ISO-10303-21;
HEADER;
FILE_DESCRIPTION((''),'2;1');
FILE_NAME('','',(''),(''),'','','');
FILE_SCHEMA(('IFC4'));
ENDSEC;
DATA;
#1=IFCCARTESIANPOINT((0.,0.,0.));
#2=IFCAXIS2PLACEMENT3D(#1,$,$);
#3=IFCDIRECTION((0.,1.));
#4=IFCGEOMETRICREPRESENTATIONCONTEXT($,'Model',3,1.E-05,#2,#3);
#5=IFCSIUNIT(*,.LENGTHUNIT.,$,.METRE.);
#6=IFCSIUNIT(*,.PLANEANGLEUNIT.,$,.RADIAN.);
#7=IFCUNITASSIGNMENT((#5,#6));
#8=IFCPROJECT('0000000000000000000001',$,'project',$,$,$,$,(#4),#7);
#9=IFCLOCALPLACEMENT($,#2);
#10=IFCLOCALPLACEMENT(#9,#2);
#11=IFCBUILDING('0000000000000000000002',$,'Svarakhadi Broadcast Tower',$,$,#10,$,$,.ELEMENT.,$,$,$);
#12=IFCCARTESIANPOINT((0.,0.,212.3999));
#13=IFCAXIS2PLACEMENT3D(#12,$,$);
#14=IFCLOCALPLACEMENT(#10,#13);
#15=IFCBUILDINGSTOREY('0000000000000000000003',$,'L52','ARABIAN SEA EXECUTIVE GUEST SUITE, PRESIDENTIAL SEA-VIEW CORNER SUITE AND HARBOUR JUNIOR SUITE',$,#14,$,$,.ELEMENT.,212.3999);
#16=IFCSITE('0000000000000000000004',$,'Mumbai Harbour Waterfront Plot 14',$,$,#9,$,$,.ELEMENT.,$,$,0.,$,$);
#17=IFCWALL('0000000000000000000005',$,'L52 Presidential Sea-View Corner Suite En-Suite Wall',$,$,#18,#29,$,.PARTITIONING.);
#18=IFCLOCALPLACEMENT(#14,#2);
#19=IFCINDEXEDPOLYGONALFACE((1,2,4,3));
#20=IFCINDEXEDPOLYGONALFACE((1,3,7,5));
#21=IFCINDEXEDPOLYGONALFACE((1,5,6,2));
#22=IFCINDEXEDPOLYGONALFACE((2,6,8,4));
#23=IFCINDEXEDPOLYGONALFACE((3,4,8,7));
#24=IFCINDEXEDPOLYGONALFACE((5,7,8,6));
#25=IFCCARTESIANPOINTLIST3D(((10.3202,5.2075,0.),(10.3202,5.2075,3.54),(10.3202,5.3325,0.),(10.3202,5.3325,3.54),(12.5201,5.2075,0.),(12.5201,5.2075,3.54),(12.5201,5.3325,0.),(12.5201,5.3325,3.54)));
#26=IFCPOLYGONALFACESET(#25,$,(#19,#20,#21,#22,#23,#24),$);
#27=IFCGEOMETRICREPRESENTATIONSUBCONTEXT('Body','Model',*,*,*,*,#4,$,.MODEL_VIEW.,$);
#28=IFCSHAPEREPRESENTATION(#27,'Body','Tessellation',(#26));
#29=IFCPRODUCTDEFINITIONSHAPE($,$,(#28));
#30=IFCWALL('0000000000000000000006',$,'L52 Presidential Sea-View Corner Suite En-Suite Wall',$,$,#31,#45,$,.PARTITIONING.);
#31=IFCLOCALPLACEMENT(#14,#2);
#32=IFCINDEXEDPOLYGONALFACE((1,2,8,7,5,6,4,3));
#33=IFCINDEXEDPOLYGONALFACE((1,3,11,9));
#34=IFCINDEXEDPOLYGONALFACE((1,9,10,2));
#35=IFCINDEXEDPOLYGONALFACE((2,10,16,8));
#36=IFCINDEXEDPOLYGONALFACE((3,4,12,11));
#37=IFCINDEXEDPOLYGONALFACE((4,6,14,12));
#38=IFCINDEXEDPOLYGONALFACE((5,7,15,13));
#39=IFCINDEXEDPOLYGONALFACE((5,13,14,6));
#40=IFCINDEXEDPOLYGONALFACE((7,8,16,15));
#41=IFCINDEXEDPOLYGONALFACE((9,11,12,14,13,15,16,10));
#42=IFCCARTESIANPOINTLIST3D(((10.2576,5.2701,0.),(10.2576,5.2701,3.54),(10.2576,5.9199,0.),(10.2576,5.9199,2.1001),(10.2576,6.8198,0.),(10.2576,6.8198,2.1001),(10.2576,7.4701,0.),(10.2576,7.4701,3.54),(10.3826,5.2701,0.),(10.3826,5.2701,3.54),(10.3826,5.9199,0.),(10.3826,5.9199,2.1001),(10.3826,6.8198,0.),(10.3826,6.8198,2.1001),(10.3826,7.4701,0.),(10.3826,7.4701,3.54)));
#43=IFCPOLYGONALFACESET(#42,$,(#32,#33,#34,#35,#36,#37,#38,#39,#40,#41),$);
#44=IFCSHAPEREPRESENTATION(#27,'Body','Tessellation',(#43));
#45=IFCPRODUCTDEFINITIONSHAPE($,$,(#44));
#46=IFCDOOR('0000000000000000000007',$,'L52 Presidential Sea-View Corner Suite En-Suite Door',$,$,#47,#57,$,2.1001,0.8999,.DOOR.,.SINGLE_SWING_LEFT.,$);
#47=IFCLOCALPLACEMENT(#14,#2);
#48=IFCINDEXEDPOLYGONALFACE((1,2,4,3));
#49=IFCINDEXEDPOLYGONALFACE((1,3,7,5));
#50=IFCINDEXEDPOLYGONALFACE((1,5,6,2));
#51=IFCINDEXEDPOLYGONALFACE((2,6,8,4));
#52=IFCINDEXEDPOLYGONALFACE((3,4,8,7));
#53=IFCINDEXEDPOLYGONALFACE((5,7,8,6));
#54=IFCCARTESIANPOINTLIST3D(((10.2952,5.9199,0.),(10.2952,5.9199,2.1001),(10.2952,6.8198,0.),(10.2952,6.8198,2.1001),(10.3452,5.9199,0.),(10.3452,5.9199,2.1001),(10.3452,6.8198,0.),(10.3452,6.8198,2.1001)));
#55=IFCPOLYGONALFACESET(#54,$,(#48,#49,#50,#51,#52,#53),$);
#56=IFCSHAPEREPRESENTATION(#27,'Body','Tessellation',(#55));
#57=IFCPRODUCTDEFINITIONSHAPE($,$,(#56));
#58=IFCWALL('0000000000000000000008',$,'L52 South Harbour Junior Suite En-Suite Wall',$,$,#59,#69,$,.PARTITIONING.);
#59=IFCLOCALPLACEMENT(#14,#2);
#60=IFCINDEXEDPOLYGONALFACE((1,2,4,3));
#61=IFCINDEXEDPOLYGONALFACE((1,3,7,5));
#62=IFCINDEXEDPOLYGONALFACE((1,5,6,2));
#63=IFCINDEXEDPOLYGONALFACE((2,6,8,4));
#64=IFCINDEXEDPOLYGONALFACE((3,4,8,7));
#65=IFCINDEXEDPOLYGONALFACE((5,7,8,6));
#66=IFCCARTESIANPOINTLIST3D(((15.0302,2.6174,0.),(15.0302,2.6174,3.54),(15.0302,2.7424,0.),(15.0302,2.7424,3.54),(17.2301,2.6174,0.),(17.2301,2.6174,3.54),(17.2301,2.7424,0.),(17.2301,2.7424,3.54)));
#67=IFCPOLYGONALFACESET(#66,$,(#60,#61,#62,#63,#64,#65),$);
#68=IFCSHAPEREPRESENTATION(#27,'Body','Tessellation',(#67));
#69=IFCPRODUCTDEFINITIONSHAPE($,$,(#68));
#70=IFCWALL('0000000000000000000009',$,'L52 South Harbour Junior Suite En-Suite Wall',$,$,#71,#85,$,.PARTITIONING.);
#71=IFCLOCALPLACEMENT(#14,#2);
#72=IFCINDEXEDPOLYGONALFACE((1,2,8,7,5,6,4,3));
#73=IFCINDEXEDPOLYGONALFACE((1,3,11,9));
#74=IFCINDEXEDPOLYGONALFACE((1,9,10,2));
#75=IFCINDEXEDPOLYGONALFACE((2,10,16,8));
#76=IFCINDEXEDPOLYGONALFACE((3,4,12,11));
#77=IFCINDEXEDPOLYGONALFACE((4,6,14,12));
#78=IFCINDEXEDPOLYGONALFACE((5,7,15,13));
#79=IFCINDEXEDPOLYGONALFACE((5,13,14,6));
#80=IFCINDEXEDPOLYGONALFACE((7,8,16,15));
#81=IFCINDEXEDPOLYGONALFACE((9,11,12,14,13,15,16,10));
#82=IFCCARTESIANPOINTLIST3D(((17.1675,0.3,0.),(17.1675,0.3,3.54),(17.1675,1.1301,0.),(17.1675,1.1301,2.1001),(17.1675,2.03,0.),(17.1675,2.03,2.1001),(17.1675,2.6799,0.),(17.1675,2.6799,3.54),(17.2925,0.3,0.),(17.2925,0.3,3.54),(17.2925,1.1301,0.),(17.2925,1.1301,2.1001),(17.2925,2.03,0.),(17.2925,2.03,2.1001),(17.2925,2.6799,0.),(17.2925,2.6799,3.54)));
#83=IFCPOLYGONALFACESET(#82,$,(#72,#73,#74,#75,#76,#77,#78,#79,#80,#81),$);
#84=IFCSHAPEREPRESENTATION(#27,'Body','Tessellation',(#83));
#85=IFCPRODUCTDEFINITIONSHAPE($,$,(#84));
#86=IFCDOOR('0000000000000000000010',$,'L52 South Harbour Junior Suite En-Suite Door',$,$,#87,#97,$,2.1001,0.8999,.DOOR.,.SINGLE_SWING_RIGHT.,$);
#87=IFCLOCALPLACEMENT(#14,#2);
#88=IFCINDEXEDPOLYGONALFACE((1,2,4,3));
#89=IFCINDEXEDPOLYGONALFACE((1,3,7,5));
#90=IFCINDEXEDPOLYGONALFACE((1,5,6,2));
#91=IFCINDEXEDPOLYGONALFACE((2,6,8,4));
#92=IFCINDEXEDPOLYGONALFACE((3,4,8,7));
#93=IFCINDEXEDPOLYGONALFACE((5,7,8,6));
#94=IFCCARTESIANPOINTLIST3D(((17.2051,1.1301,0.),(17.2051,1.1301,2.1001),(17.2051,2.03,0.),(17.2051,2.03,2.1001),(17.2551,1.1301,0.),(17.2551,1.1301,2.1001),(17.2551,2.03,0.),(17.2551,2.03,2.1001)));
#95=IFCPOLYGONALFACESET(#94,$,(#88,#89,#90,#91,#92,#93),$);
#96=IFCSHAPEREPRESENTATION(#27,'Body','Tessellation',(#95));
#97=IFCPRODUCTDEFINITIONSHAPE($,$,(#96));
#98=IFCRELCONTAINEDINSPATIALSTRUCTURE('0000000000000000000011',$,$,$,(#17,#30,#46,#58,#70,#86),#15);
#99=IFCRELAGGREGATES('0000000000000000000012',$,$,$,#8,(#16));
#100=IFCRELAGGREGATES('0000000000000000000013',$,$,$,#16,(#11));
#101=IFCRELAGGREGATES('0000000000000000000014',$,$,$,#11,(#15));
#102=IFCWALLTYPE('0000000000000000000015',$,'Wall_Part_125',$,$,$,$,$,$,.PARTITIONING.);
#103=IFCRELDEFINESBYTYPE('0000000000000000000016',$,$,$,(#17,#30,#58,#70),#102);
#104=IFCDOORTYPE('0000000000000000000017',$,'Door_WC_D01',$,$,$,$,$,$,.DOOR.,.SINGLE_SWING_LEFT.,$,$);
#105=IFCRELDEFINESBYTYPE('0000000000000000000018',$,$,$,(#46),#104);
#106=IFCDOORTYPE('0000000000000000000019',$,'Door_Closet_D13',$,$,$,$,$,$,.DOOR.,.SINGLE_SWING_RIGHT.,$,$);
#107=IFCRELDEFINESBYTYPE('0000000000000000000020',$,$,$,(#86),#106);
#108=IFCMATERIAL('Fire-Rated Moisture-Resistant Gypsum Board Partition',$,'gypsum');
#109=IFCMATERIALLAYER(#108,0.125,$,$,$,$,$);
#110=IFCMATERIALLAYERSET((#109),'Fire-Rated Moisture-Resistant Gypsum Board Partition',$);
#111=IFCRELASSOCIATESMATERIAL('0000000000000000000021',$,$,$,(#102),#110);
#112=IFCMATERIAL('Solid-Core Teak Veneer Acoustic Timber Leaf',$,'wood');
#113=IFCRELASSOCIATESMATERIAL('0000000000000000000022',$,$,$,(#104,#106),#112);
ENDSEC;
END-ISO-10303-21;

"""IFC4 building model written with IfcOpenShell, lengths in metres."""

from ifc_helpers import new_model, si_unit, direction, frame, frame_2d, origin, place, context, subcontext, project, spatial, rectangle, extrude, material, layer, layer_set, type_object, element, fill, save


model = new_model("IFC4")

# Units and contexts
model_context = context("Model", 3, precision=1e-05, world=origin(), true_north=direction((0.0, 1.0)))
body_context = subcontext(model_context, "Body", "Model", "MODEL_VIEW")
ifc_project = project(units=[si_unit("LENGTHUNIT", "METRE"), si_unit("PLANEANGLEUNIT", "RADIAN")], contexts=[model_context])

# Site, building, storey
site_placement = place(None, origin())
site = spatial("IfcSite", under=ifc_project, at=site_placement, Name="Mumbai Harbour Waterfront Plot 14", CompositionType="ELEMENT", RefElevation=0.0)
building_placement = place(site_placement, origin())
building = spatial("IfcBuilding", under=site, at=building_placement, Name="Svarakhadi Broadcast Tower", CompositionType="ELEMENT")
storey_placement = place(building_placement, frame((0.0, 0.0, 212.3999)))
storey = spatial("IfcBuildingStorey", under=building, at=storey_placement, Name="L52", Description="ARABIAN SEA EXECUTIVE GUEST SUITE, PRESIDENTIAL SEA-VIEW CORNER SUITE AND HARBOUR JUNIOR SUITE", CompositionType="ELEMENT", Elevation=212.3999)

# Shared definitions
ifc_material_1 = material(Name="Solid-Core Teak Veneer Acoustic Timber Leaf", Category="wood")

# Wall
ifc_material_2 = material(Name="Fire-Rated Moisture-Resistant Gypsum Board Partition", Category="gypsum")
ifc_layer_1 = layer(ifc_material_2, 0.125)
ifc_layer_set_1 = layer_set([ifc_layer_1], Name="Fire-Rated Moisture-Resistant Gypsum Board Partition")
wall_type_1 = type_object("IfcWallType", Name="Wall_Part_125", PredefinedType="PARTITIONING", material=ifc_layer_set_1)
wall_1_placement = place(storey_placement, frame((10.3201, 5.27, 0.0), z_axis=(0.0, 0.0, 1.0), x_axis=(1.0, 0.0, 0.0)))
element("IfcWall", 1, at=wall_1_placement, inside=storey, type_object=wall_type_1, Name="L52 Presidential Sea-View Corner Suite En-Suite Wall", PredefinedType="PARTITIONING", context=body_context, shape_type="SweptSolid", body=[
    extrude(rectangle(XDim=2.2, YDim=0.125, at=frame_2d((1.1001, 0.0))), origin(), (0.0, 0.0, 1.0), 3.54),
])

# Wall, opening, door
wall_2_placement = place(storey_placement, frame((10.3201, 5.27, 0.0), z_axis=(0.0, 0.0, 1.0), x_axis=(0.0, 1.0, 0.0)))
wall_2 = element("IfcWall", 2, at=wall_2_placement, inside=storey, type_object=wall_type_1, Name="L52 Presidential Sea-View Corner Suite En-Suite Wall", PredefinedType="PARTITIONING", context=body_context, shape_type="SweptSolid", body=[
    extrude(rectangle(XDim=2.2, YDim=0.125, at=frame_2d((1.1001, 0.0))), origin(), (0.0, 0.0, 1.0), 3.54),
])
opening_1_placement = place(wall_2_placement, frame((0.6499, 0.0, 0.0)))
opening_1 = element("IfcOpeningElement", 3, at=opening_1_placement, cuts=wall_2, PredefinedType="OPENING", context=body_context, shape_type="SweptSolid", body=[
    extrude(rectangle(XDim=0.8999, YDim=2.1001, at=frame_2d((0.45, 1.05))), frame((0.0, 0.0725, 0.0), z_axis=(0.0, -1.0, 0.0), x_axis=(1.0, 0.0, 0.0)), (0.0, 0.0, 1.0), 0.145),
])
door_type_1 = type_object("IfcDoorType", Name="Door_WC_D01", OperationType="SINGLE_SWING_LEFT", PredefinedType="DOOR", material=ifc_material_1)
door_1_placement = place(opening_1_placement, origin())
door_1 = element("IfcDoor", 4, at=door_1_placement, inside=storey, type_object=door_type_1, Name="L52 Presidential Sea-View Corner Suite En-Suite Door", OperationType="SINGLE_SWING_LEFT", OverallHeight=2.1001, OverallWidth=0.8999, PredefinedType="DOOR", context=body_context, shape_type="SweptSolid", body=[
    extrude(rectangle(XDim=0.8999, YDim=2.1001, at=frame_2d((0.45, 1.05))), frame((0.0, 0.0249, 0.0), z_axis=(0.0, -1.0, 0.0), x_axis=(1.0, 0.0, 0.0)), (0.0, 0.0, 1.0), 0.05),
])
fill(opening_1, door_1)

# Wall
wall_3_placement = place(storey_placement, frame((15.03, 2.6799, 0.0), z_axis=(0.0, 0.0, 1.0), x_axis=(1.0, 0.0, 0.0)))
element("IfcWall", 5, at=wall_3_placement, inside=storey, type_object=wall_type_1, Name="L52 South Harbour Junior Suite En-Suite Wall", PredefinedType="PARTITIONING", context=body_context, shape_type="SweptSolid", body=[
    extrude(rectangle(XDim=2.2, YDim=0.125, at=frame_2d((1.1001, 0.0))), origin(), (0.0, 0.0, 1.0), 3.54),
])

# Wall, opening, door
wall_4_placement = place(storey_placement, frame((17.23, 0.3, 0.0), z_axis=(0.0, 0.0, 1.0), x_axis=(0.0, 1.0, 0.0)))
wall_4 = element("IfcWall", 6, at=wall_4_placement, inside=storey, type_object=wall_type_1, Name="L52 South Harbour Junior Suite En-Suite Wall", PredefinedType="PARTITIONING", context=body_context, shape_type="SweptSolid", body=[
    extrude(rectangle(XDim=2.3799, YDim=0.125, at=frame_2d((1.1899, 0.0))), origin(), (0.0, 0.0, 1.0), 3.54),
])
opening_2_placement = place(wall_4_placement, frame((0.8301, 0.0, 0.0)))
opening_2 = element("IfcOpeningElement", 7, at=opening_2_placement, cuts=wall_4, PredefinedType="OPENING", context=body_context, shape_type="SweptSolid", body=[
    extrude(rectangle(XDim=0.8999, YDim=2.1001, at=frame_2d((0.45, 1.05))), frame((0.0, 0.0725, 0.0), z_axis=(0.0, -1.0, 0.0), x_axis=(1.0, 0.0, 0.0)), (0.0, 0.0, 1.0), 0.145),
])
door_type_2 = type_object("IfcDoorType", Name="Door_Closet_D13", OperationType="SINGLE_SWING_RIGHT", PredefinedType="DOOR", material=ifc_material_1)
door_2_placement = place(opening_2_placement, origin())
door_2 = element("IfcDoor", 8, at=door_2_placement, inside=storey, type_object=door_type_2, Name="L52 South Harbour Junior Suite En-Suite Door", OperationType="SINGLE_SWING_RIGHT", OverallHeight=2.1001, OverallWidth=0.8999, PredefinedType="DOOR", context=body_context, shape_type="SweptSolid", body=[
    extrude(rectangle(XDim=0.8999, YDim=2.1001, at=frame_2d((0.45, 1.05))), frame((0.0, 0.0249, 0.0), z_axis=(0.0, -1.0, 0.0), x_axis=(1.0, 0.0, 0.0)), (0.0, 0.0, 1.0), 0.05),
])
fill(opening_2, door_2)

save(model, "model.ifc")
